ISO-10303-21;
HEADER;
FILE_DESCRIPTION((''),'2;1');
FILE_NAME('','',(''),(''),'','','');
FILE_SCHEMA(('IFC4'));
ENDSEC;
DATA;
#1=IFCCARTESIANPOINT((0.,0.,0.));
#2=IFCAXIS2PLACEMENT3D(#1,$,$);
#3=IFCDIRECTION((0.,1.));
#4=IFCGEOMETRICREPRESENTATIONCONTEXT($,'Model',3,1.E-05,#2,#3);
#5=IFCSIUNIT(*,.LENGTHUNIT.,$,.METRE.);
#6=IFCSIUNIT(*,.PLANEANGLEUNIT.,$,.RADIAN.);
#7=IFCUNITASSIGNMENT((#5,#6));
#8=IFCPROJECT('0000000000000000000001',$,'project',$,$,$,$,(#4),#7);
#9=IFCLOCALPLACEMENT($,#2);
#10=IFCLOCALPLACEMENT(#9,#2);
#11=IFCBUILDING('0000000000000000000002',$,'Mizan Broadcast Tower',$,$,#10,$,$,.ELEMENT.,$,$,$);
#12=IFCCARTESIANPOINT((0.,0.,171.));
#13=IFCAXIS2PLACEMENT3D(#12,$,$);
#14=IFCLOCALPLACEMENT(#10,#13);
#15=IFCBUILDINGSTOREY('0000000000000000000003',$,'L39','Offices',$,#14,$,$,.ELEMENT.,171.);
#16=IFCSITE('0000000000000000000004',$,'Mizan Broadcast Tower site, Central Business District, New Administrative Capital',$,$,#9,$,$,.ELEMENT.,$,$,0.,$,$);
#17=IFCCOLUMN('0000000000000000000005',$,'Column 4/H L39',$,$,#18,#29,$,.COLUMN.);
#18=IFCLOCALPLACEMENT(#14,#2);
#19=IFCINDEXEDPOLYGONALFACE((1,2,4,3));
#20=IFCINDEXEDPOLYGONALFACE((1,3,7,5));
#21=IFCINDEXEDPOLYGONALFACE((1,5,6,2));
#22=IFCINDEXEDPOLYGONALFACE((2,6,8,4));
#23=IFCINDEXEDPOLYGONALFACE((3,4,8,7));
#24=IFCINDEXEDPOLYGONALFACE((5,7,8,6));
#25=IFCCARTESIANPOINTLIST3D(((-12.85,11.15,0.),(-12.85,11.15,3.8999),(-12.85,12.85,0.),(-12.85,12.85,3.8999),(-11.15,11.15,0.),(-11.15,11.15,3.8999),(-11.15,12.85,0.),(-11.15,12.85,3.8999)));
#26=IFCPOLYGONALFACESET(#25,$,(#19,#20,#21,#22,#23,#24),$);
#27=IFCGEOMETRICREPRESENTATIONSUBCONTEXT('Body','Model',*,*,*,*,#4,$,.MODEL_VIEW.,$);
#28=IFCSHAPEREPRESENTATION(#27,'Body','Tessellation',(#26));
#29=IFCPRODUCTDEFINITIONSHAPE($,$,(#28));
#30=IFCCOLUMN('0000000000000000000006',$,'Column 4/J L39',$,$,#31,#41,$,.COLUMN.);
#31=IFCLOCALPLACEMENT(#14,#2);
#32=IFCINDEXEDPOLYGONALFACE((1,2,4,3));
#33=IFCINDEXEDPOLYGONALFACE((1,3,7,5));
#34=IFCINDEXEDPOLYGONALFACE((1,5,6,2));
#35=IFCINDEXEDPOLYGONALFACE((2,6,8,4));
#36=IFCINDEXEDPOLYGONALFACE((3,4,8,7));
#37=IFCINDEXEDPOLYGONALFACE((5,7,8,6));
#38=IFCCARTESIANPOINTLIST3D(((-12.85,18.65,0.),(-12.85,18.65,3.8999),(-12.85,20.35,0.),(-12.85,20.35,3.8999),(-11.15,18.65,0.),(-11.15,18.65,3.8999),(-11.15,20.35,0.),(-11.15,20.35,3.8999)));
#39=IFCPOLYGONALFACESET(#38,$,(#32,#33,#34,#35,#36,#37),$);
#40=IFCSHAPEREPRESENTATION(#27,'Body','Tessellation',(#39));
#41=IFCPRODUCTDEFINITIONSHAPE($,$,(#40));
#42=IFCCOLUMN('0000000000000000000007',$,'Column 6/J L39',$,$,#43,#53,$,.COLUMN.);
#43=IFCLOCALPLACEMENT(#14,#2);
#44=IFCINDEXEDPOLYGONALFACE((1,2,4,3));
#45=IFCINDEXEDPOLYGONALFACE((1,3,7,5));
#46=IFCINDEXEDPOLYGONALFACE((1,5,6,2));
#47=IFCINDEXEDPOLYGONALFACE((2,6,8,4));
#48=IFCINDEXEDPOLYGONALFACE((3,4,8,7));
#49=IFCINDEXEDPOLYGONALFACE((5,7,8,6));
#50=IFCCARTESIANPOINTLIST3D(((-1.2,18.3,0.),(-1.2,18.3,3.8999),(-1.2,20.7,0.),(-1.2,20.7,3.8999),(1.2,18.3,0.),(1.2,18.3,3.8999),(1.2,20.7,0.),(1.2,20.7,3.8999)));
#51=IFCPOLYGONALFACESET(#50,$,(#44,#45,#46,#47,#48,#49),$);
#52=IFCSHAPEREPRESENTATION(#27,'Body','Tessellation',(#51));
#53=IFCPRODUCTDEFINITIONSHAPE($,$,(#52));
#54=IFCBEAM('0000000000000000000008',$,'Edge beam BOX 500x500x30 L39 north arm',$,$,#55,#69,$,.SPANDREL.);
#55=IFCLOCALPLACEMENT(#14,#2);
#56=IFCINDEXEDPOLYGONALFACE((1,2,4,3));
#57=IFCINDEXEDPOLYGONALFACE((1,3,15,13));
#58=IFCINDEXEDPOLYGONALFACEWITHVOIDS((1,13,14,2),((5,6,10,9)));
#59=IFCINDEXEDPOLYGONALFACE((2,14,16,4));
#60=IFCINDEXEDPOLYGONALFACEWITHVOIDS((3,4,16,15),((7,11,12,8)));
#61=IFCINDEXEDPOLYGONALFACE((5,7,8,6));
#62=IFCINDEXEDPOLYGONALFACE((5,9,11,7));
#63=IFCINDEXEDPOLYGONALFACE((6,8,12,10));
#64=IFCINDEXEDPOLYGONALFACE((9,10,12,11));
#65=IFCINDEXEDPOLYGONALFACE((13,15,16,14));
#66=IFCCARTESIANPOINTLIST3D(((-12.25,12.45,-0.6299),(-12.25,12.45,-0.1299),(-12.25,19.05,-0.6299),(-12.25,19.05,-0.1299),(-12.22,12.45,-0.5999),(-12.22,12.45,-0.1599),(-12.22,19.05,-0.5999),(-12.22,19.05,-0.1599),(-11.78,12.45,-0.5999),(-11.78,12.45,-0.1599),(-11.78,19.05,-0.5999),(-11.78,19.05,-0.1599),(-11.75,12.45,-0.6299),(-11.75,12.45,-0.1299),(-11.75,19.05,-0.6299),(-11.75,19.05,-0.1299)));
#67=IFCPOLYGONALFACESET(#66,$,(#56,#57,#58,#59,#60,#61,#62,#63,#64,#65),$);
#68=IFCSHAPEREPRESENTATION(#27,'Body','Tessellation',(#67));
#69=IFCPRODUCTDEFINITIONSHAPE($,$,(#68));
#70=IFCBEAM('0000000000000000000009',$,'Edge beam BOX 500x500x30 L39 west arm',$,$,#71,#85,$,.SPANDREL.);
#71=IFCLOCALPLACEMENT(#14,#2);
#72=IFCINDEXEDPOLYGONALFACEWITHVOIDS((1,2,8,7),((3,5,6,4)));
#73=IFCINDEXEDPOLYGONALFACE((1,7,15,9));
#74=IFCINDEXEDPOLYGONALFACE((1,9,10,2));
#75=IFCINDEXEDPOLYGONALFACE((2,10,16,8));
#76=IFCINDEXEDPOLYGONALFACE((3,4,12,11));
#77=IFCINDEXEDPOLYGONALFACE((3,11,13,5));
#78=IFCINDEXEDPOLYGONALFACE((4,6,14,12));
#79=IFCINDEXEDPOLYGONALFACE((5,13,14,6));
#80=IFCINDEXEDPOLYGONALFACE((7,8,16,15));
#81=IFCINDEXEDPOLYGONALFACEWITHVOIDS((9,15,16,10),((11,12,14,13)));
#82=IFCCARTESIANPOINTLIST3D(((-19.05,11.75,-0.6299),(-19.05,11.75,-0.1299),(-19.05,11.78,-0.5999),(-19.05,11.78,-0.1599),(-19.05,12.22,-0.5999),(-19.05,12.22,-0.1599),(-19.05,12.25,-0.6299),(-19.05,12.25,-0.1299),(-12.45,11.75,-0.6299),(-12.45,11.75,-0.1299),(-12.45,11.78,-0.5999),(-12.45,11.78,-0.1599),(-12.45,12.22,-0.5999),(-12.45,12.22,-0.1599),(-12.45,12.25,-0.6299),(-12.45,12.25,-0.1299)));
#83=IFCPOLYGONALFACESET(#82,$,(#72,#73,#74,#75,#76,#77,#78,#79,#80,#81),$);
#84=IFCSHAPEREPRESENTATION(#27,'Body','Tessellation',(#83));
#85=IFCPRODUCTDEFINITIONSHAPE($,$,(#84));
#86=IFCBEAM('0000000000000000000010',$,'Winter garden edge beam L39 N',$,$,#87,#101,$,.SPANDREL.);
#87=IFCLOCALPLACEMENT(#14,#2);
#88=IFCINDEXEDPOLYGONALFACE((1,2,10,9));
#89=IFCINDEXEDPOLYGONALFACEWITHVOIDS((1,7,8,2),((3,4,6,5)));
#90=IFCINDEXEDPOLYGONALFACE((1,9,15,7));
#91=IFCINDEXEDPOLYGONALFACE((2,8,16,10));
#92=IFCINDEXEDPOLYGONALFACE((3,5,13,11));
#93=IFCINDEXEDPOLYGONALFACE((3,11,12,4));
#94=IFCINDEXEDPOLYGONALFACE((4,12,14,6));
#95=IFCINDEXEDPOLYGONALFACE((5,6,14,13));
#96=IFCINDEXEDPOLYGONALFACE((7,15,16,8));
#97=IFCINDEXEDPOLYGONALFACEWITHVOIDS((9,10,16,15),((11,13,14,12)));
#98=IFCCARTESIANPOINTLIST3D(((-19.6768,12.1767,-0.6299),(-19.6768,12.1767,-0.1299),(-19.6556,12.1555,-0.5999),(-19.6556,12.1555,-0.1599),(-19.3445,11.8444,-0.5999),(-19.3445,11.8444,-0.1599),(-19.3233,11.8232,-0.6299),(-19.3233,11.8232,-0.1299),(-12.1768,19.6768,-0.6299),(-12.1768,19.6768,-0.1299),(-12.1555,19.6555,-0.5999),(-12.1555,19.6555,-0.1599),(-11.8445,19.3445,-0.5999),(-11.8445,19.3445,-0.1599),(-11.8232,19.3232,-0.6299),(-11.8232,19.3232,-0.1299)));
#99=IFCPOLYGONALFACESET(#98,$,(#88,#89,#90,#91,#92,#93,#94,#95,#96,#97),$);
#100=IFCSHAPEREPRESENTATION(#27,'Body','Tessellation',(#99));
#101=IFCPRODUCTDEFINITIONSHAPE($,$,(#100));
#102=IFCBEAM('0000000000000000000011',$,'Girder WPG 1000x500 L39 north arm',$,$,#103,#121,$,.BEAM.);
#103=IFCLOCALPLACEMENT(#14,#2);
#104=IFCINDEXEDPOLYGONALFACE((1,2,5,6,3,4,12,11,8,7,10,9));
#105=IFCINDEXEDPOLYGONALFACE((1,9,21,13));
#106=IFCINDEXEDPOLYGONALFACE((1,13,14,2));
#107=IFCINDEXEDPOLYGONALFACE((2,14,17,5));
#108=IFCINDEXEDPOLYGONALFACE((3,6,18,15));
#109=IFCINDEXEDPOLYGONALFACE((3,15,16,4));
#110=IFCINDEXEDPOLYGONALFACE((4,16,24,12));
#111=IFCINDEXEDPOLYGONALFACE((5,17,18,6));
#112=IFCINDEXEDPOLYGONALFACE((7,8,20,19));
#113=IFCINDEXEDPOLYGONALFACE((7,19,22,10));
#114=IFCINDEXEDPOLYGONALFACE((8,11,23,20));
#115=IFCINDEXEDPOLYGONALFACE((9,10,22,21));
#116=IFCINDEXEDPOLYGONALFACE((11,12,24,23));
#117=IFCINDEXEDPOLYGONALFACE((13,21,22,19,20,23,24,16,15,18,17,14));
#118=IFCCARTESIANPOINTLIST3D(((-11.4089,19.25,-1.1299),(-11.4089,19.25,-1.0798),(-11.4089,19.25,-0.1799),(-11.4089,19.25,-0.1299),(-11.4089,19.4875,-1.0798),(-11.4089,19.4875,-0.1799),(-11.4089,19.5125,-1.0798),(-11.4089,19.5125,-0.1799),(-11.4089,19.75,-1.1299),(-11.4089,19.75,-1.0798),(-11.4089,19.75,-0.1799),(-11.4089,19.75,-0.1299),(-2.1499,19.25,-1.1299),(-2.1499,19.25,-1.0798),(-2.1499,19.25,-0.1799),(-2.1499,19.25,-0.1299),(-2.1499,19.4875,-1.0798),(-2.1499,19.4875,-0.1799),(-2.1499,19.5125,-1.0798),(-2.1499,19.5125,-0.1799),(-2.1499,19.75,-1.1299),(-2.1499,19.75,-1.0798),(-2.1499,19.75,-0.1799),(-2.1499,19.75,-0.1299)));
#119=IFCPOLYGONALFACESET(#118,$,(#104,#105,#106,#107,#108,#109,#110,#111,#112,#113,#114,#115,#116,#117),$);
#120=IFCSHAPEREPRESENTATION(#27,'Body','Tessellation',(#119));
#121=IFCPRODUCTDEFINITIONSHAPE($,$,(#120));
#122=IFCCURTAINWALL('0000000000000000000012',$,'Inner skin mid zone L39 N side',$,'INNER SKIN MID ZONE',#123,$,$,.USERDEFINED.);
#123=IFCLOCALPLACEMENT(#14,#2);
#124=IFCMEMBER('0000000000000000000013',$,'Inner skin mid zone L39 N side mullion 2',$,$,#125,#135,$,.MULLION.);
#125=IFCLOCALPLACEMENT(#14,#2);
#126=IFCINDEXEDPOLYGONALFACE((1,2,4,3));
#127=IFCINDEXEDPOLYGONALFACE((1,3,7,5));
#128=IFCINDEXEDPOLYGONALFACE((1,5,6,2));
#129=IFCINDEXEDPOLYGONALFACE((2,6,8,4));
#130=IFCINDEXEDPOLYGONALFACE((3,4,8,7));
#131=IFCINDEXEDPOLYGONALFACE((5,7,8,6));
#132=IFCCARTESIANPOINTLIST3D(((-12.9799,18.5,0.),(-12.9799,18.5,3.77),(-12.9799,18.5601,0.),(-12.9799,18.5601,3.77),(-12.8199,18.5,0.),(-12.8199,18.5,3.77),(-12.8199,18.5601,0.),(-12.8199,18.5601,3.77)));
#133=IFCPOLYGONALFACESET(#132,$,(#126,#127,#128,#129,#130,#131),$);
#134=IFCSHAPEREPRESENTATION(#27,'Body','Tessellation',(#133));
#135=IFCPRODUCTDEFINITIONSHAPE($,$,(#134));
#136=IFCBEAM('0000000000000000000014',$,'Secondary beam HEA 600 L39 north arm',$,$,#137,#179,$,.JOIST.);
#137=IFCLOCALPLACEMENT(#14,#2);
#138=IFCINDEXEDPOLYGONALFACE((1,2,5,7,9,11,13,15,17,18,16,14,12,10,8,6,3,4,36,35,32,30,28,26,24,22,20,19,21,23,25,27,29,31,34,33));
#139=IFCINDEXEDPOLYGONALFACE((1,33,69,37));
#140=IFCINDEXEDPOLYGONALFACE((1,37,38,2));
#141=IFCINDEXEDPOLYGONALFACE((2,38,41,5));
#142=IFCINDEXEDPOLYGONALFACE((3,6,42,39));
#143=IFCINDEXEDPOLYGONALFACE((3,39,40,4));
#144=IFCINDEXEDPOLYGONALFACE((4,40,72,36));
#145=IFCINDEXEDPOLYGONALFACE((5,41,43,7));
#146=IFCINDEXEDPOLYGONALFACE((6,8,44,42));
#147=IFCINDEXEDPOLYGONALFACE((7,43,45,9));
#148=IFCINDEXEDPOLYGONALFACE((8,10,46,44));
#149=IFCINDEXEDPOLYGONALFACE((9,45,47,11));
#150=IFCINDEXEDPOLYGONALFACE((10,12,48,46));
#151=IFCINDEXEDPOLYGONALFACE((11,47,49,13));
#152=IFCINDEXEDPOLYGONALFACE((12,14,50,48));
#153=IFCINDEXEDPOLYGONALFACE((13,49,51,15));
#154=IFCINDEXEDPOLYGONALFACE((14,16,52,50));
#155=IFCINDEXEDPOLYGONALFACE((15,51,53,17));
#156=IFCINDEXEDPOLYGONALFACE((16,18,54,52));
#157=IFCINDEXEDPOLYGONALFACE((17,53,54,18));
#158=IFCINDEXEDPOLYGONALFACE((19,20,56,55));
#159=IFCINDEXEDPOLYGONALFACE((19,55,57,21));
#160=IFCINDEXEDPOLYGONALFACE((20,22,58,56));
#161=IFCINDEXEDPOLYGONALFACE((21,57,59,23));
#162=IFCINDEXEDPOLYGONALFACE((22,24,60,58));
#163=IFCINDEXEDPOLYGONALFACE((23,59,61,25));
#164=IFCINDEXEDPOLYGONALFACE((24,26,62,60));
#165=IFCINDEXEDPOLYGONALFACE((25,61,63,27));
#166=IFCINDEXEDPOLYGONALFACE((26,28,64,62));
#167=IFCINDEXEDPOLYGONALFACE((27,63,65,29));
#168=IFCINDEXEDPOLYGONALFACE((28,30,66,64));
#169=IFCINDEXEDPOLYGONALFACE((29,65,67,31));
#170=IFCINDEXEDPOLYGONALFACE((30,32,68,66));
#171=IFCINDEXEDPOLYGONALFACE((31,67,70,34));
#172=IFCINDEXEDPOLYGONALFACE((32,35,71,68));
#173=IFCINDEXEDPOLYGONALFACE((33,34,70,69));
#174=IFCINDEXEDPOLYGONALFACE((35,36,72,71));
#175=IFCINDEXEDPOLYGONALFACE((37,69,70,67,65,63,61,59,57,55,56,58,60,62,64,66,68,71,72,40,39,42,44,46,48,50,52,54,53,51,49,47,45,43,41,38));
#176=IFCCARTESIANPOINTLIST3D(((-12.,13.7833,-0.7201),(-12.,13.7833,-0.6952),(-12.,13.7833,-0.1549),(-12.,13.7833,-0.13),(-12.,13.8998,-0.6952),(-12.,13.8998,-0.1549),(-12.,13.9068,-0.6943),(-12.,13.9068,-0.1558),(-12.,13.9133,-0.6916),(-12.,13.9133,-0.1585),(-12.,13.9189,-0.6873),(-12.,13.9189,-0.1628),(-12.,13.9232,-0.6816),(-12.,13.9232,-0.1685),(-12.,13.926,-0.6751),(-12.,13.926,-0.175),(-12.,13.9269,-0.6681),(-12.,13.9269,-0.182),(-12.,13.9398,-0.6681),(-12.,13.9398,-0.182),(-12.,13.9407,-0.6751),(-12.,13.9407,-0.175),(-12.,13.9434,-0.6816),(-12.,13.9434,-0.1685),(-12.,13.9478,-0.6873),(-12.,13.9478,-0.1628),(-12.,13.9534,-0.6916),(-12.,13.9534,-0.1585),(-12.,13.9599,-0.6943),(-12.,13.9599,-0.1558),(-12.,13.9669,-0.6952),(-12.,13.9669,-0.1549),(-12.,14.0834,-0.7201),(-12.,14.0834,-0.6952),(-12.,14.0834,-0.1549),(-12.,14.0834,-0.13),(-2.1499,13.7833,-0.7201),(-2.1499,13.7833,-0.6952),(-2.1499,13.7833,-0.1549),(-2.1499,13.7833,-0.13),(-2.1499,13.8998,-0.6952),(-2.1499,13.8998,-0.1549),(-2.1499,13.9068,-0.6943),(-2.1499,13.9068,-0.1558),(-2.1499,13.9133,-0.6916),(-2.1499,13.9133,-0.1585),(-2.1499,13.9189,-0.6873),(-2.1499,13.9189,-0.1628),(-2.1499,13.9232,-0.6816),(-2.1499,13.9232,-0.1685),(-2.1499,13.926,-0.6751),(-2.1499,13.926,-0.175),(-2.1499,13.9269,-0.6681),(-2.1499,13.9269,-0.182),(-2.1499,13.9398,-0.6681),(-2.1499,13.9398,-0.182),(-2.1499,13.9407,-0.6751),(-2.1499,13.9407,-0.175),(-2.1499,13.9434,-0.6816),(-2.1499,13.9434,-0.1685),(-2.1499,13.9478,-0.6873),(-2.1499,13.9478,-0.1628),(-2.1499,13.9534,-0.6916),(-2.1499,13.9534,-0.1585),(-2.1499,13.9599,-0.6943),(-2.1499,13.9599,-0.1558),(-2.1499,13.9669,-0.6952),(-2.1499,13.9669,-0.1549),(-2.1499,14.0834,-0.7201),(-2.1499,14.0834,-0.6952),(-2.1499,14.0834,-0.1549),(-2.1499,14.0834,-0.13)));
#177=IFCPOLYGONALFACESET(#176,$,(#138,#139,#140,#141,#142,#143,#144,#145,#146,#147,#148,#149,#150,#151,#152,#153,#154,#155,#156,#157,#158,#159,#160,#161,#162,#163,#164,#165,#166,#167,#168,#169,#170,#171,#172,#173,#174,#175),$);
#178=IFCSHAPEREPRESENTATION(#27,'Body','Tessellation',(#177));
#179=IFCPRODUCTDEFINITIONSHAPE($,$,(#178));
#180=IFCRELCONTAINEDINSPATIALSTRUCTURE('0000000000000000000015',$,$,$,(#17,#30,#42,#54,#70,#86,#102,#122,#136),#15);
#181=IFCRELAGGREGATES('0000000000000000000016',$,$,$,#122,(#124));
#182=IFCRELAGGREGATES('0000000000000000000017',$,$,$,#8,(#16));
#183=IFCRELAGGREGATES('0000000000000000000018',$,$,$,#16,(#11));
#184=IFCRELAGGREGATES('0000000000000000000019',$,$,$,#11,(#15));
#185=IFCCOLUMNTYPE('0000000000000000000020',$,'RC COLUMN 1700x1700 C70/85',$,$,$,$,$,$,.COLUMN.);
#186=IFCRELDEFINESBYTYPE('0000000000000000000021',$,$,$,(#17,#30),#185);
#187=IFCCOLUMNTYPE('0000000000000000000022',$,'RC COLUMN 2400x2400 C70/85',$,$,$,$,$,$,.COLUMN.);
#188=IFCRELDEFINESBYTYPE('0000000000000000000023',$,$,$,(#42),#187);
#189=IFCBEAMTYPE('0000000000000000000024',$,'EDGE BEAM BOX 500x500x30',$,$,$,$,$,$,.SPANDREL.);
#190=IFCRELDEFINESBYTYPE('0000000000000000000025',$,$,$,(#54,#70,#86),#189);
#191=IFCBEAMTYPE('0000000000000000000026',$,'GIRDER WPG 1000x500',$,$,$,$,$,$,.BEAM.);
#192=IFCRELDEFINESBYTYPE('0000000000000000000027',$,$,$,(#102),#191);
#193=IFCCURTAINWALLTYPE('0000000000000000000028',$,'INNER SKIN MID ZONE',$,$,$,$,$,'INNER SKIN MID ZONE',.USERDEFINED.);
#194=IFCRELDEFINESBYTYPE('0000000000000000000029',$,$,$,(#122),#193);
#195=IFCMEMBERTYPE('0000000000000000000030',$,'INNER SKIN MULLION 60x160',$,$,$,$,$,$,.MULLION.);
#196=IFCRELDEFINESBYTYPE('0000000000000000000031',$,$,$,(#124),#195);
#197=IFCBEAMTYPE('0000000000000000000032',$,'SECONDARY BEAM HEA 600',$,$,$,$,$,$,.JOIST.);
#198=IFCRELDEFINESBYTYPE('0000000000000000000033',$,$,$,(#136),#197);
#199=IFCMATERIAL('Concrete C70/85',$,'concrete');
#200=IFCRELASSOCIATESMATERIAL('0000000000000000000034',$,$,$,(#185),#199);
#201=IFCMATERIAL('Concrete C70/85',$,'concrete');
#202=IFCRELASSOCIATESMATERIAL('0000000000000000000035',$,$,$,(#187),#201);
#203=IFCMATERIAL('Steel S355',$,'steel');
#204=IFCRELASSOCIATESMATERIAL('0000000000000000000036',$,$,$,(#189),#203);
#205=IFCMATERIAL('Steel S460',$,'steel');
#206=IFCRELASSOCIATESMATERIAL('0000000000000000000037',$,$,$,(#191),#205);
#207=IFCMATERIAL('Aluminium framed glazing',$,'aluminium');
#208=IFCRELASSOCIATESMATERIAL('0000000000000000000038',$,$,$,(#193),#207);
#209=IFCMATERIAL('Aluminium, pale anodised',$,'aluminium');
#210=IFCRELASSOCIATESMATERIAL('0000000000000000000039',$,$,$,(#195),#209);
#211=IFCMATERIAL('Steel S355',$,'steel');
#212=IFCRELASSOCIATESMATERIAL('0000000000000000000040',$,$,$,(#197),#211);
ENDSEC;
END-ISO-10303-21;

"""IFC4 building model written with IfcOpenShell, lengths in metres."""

from ifc_helpers import new_model, si_unit, direction, frame, origin, origin_2d, place, context, subcontext, project, spatial, rectangle, hollow_rectangle, i_section, extrude, material, material_profile, profile_set, type_object, element, aggregate, save


model = new_model("IFC4")

# Units and contexts
model_context = context("Model", 3, precision=1e-05, world=origin(), true_north=direction((0.0, 1.0)))
body_context = subcontext(model_context, "Body", "Model", "MODEL_VIEW")
ifc_project = project(units=[si_unit("LENGTHUNIT", "METRE"), si_unit("PLANEANGLEUNIT", "RADIAN")], contexts=[model_context])

# Site, building, storey
site_placement = place(None, origin())
site = spatial("IfcSite", under=ifc_project, at=site_placement, Name="Mizan Broadcast Tower site, Central Business District, New Administrative Capital", CompositionType="ELEMENT", RefElevation=0.0)
building_placement = place(site_placement, origin())
building = spatial("IfcBuilding", under=site, at=building_placement, Name="Mizan Broadcast Tower", CompositionType="ELEMENT")
storey_placement = place(building_placement, frame((0.0, 0.0, 171.0)))
storey = spatial("IfcBuildingStorey", under=building, at=storey_placement, Name="L39", Description="Offices", CompositionType="ELEMENT", Elevation=171.0)

# Columns
ifc_material_1 = material(Name="Concrete C70/85", Category="concrete")
ifc_material_profile_1 = material_profile(ifc_material_1, rectangle(XDim=1.7, YDim=1.7, at=origin_2d()), Name="RC 1700x1700")
ifc_profile_set_1 = profile_set([ifc_material_profile_1], Name="Concrete C70/85")
column_type_1 = type_object("IfcColumnType", Name="RC COLUMN 1700x1700 C70/85", PredefinedType="COLUMN", material=ifc_profile_set_1)
for number, where, z_axis, x_axis, name in (
    (1, (-12.0, 12.0, 0.0), (0.0, 0.0, 1.0), (1.0, 0.0, 0.0), "Column 4/H L39"),
    (2, (-12.0, 19.5, 0.0), (0.0, 0.0, 1.0), (1.0, 0.0, 0.0), "Column 4/J L39"),
):
    element("IfcColumn", number, at=place(storey_placement, frame(where, z_axis=z_axis, x_axis=x_axis)), inside=storey, type_object=column_type_1, Name=name, PredefinedType="COLUMN", context=body_context, shape_type="SweptSolid", body=[
        extrude(rectangle(XDim=1.7, YDim=1.7, at=origin_2d()), origin(), (0.0, 0.0, 1.0), 3.8999),
    ])
ifc_material_2 = material(Name="Concrete C70/85", Category="concrete")
ifc_material_profile_2 = material_profile(ifc_material_2, rectangle(XDim=2.3999, YDim=2.3999, at=origin_2d()), Name="RC 2400x2400")
ifc_profile_set_2 = profile_set([ifc_material_profile_2], Name="Concrete C70/85")
column_type_2 = type_object("IfcColumnType", Name="RC COLUMN 2400x2400 C70/85", PredefinedType="COLUMN", material=ifc_profile_set_2)
column_placement = place(storey_placement, frame((0.0, 19.5, 0.0), z_axis=(0.0, 0.0, 1.0), x_axis=(1.0, 0.0, 0.0)))
element("IfcColumn", 3, at=column_placement, inside=storey, type_object=column_type_2, Name="Column 6/J L39", PredefinedType="COLUMN", context=body_context, shape_type="SweptSolid", body=[
    extrude(rectangle(XDim=2.3999, YDim=2.3999, at=origin_2d()), origin(), (0.0, 0.0, 1.0), 3.8999),
])

# Beams
ifc_material_3 = material(Name="Steel S355", Category="steel")
ifc_material_profile_3 = material_profile(ifc_material_3, hollow_rectangle(XDim=0.5, YDim=0.5, WallThickness=0.03, at=origin_2d()), Name="BOX 500x500x30")
ifc_profile_set_3 = profile_set([ifc_material_profile_3], Name="Steel S355")
beam_type_1 = type_object("IfcBeamType", Name="EDGE BEAM BOX 500x500x30", PredefinedType="SPANDREL", material=ifc_profile_set_3)
for number, where, z_axis, x_axis, name in (
    (4, (-12.0, 12.45, -0.3799), (0.0, 1.0, 0.0), (-1.0, 0.0, 0.0), "Edge beam BOX 500x500x30 L39 north arm"),
    (5, (-12.45, 12.0, -0.3799), (-1.0, 0.0, 0.0), (0.0, -1.0, 0.0), "Edge beam BOX 500x500x30 L39 west arm"),
):
    element("IfcBeam", number, at=place(storey_placement, frame(where, z_axis=z_axis, x_axis=x_axis)), inside=storey, type_object=beam_type_1, Name=name, PredefinedType="SPANDREL", context=body_context, shape_type="SweptSolid", body=[
        extrude(hollow_rectangle(XDim=0.5, YDim=0.5, WallThickness=0.03, at=origin_2d()), origin(), (0.0, 0.0, 1.0), 6.6001),
    ])
beam_1_placement = place(storey_placement, frame((-12.0, 19.5, -0.3799), z_axis=(-0.707107, -0.707107, 0.0), x_axis=(0.707107, -0.707107, 0.0)))
element("IfcBeam", 6, at=beam_1_placement, inside=storey, type_object=beam_type_1, Name="Winter garden edge beam L39 N", PredefinedType="SPANDREL", context=body_context, shape_type="SweptSolid", body=[
    extrude(hollow_rectangle(XDim=0.5, YDim=0.5, WallThickness=0.03, at=origin_2d()), origin(), (0.0, 0.0, 1.0), 10.6067),
])
ifc_material_4 = material(Name="Steel S460", Category="steel")
ifc_material_profile_4 = material_profile(ifc_material_4, i_section(OverallWidth=0.5, OverallDepth=1.0, WebThickness=0.0249, FlangeThickness=0.05, at=origin_2d()), Name="WPG 1000x500")
ifc_profile_set_4 = profile_set([ifc_material_profile_4], Name="Steel S460")
beam_type_2 = type_object("IfcBeamType", Name="GIRDER WPG 1000x500", PredefinedType="BEAM", material=ifc_profile_set_4)
beam_2_placement = place(storey_placement, frame((-11.4089, 19.5, -0.6299), z_axis=(1.0, 0.0, 0.0), x_axis=(0.0, 1.0, 0.0)))
element("IfcBeam", 7, at=beam_2_placement, inside=storey, type_object=beam_type_2, Name="Girder WPG 1000x500 L39 north arm", PredefinedType="BEAM", context=body_context, shape_type="SweptSolid", body=[
    extrude(i_section(OverallWidth=0.5, OverallDepth=1.0, WebThickness=0.0249, FlangeThickness=0.05, at=origin_2d()), origin(), (0.0, 0.0, 1.0), 9.259),
])

# Curtain wall, member
ifc_material_5 = material(Name="Aluminium framed glazing", Category="aluminium")
curtain_wall_type = type_object("IfcCurtainWallType", Name="INNER SKIN MID ZONE", ElementType="INNER SKIN MID ZONE", PredefinedType="USERDEFINED", material=ifc_material_5)
curtain_wall_placement = place(storey_placement, origin())
curtain_wall = element("IfcCurtainWall", 8, at=curtain_wall_placement, inside=storey, type_object=curtain_wall_type, Name="Inner skin mid zone L39 N side", ObjectType="INNER SKIN MID ZONE", PredefinedType="USERDEFINED")
ifc_material_6 = material(Name="Aluminium, pale anodised", Category="aluminium")
ifc_material_profile_5 = material_profile(ifc_material_6, rectangle(XDim=0.1599, YDim=0.0601, at=origin_2d()), Name="MULLION 160x60")
ifc_profile_set_5 = profile_set([ifc_material_profile_5], Name="Aluminium, pale anodised")
member_type = type_object("IfcMemberType", Name="INNER SKIN MULLION 60x160", PredefinedType="MULLION", material=ifc_profile_set_5)
member_placement = place(storey_placement, frame((-12.8999, 18.53, 0.0), z_axis=(0.0, 0.0, 1.0), x_axis=(1.0, 0.0, 0.0)))
member = element("IfcMember", 9, at=member_placement, type_object=member_type, Name="Inner skin mid zone L39 N side mullion 2", PredefinedType="MULLION", context=body_context, shape_type="SweptSolid", body=[
    extrude(rectangle(XDim=0.1599, YDim=0.0601, at=origin_2d()), origin(), (0.0, 0.0, 1.0), 3.77),
])
aggregate(curtain_wall, [member])

# Beam
ifc_material_7 = material(Name="Steel S355", Category="steel")
ifc_material_profile_6 = material_profile(ifc_material_7, i_section(OverallWidth=0.3, OverallDepth=0.5901, WebThickness=0.0129, FlangeThickness=0.0249, FilletRadius=0.0271, at=origin_2d()), Name="HEA 600")
ifc_profile_set_6 = profile_set([ifc_material_profile_6], Name="Steel S355")
beam_type_3 = type_object("IfcBeamType", Name="SECONDARY BEAM HEA 600", PredefinedType="JOIST", material=ifc_profile_set_6)
for number, where, z_axis, x_axis, name in (
    (10, (-12.0, 13.9333, -0.425), (1.0, 0.0, 0.0), (0.0, 1.0, 0.0), "Secondary beam HEA 600 L39 north arm"),
):
    element("IfcBeam", number, at=place(storey_placement, frame(where, z_axis=z_axis, x_axis=x_axis)), inside=storey, type_object=beam_type_3, Name=name, PredefinedType="JOIST", context=body_context, shape_type="SweptSolid", body=[
        extrude(i_section(OverallWidth=0.3, OverallDepth=0.5901, WebThickness=0.0129, FlangeThickness=0.0249, FilletRadius=0.0271, at=origin_2d()), origin(), (0.0, 0.0, 1.0), 9.8501),
    ])

save(model, "model.ifc")
